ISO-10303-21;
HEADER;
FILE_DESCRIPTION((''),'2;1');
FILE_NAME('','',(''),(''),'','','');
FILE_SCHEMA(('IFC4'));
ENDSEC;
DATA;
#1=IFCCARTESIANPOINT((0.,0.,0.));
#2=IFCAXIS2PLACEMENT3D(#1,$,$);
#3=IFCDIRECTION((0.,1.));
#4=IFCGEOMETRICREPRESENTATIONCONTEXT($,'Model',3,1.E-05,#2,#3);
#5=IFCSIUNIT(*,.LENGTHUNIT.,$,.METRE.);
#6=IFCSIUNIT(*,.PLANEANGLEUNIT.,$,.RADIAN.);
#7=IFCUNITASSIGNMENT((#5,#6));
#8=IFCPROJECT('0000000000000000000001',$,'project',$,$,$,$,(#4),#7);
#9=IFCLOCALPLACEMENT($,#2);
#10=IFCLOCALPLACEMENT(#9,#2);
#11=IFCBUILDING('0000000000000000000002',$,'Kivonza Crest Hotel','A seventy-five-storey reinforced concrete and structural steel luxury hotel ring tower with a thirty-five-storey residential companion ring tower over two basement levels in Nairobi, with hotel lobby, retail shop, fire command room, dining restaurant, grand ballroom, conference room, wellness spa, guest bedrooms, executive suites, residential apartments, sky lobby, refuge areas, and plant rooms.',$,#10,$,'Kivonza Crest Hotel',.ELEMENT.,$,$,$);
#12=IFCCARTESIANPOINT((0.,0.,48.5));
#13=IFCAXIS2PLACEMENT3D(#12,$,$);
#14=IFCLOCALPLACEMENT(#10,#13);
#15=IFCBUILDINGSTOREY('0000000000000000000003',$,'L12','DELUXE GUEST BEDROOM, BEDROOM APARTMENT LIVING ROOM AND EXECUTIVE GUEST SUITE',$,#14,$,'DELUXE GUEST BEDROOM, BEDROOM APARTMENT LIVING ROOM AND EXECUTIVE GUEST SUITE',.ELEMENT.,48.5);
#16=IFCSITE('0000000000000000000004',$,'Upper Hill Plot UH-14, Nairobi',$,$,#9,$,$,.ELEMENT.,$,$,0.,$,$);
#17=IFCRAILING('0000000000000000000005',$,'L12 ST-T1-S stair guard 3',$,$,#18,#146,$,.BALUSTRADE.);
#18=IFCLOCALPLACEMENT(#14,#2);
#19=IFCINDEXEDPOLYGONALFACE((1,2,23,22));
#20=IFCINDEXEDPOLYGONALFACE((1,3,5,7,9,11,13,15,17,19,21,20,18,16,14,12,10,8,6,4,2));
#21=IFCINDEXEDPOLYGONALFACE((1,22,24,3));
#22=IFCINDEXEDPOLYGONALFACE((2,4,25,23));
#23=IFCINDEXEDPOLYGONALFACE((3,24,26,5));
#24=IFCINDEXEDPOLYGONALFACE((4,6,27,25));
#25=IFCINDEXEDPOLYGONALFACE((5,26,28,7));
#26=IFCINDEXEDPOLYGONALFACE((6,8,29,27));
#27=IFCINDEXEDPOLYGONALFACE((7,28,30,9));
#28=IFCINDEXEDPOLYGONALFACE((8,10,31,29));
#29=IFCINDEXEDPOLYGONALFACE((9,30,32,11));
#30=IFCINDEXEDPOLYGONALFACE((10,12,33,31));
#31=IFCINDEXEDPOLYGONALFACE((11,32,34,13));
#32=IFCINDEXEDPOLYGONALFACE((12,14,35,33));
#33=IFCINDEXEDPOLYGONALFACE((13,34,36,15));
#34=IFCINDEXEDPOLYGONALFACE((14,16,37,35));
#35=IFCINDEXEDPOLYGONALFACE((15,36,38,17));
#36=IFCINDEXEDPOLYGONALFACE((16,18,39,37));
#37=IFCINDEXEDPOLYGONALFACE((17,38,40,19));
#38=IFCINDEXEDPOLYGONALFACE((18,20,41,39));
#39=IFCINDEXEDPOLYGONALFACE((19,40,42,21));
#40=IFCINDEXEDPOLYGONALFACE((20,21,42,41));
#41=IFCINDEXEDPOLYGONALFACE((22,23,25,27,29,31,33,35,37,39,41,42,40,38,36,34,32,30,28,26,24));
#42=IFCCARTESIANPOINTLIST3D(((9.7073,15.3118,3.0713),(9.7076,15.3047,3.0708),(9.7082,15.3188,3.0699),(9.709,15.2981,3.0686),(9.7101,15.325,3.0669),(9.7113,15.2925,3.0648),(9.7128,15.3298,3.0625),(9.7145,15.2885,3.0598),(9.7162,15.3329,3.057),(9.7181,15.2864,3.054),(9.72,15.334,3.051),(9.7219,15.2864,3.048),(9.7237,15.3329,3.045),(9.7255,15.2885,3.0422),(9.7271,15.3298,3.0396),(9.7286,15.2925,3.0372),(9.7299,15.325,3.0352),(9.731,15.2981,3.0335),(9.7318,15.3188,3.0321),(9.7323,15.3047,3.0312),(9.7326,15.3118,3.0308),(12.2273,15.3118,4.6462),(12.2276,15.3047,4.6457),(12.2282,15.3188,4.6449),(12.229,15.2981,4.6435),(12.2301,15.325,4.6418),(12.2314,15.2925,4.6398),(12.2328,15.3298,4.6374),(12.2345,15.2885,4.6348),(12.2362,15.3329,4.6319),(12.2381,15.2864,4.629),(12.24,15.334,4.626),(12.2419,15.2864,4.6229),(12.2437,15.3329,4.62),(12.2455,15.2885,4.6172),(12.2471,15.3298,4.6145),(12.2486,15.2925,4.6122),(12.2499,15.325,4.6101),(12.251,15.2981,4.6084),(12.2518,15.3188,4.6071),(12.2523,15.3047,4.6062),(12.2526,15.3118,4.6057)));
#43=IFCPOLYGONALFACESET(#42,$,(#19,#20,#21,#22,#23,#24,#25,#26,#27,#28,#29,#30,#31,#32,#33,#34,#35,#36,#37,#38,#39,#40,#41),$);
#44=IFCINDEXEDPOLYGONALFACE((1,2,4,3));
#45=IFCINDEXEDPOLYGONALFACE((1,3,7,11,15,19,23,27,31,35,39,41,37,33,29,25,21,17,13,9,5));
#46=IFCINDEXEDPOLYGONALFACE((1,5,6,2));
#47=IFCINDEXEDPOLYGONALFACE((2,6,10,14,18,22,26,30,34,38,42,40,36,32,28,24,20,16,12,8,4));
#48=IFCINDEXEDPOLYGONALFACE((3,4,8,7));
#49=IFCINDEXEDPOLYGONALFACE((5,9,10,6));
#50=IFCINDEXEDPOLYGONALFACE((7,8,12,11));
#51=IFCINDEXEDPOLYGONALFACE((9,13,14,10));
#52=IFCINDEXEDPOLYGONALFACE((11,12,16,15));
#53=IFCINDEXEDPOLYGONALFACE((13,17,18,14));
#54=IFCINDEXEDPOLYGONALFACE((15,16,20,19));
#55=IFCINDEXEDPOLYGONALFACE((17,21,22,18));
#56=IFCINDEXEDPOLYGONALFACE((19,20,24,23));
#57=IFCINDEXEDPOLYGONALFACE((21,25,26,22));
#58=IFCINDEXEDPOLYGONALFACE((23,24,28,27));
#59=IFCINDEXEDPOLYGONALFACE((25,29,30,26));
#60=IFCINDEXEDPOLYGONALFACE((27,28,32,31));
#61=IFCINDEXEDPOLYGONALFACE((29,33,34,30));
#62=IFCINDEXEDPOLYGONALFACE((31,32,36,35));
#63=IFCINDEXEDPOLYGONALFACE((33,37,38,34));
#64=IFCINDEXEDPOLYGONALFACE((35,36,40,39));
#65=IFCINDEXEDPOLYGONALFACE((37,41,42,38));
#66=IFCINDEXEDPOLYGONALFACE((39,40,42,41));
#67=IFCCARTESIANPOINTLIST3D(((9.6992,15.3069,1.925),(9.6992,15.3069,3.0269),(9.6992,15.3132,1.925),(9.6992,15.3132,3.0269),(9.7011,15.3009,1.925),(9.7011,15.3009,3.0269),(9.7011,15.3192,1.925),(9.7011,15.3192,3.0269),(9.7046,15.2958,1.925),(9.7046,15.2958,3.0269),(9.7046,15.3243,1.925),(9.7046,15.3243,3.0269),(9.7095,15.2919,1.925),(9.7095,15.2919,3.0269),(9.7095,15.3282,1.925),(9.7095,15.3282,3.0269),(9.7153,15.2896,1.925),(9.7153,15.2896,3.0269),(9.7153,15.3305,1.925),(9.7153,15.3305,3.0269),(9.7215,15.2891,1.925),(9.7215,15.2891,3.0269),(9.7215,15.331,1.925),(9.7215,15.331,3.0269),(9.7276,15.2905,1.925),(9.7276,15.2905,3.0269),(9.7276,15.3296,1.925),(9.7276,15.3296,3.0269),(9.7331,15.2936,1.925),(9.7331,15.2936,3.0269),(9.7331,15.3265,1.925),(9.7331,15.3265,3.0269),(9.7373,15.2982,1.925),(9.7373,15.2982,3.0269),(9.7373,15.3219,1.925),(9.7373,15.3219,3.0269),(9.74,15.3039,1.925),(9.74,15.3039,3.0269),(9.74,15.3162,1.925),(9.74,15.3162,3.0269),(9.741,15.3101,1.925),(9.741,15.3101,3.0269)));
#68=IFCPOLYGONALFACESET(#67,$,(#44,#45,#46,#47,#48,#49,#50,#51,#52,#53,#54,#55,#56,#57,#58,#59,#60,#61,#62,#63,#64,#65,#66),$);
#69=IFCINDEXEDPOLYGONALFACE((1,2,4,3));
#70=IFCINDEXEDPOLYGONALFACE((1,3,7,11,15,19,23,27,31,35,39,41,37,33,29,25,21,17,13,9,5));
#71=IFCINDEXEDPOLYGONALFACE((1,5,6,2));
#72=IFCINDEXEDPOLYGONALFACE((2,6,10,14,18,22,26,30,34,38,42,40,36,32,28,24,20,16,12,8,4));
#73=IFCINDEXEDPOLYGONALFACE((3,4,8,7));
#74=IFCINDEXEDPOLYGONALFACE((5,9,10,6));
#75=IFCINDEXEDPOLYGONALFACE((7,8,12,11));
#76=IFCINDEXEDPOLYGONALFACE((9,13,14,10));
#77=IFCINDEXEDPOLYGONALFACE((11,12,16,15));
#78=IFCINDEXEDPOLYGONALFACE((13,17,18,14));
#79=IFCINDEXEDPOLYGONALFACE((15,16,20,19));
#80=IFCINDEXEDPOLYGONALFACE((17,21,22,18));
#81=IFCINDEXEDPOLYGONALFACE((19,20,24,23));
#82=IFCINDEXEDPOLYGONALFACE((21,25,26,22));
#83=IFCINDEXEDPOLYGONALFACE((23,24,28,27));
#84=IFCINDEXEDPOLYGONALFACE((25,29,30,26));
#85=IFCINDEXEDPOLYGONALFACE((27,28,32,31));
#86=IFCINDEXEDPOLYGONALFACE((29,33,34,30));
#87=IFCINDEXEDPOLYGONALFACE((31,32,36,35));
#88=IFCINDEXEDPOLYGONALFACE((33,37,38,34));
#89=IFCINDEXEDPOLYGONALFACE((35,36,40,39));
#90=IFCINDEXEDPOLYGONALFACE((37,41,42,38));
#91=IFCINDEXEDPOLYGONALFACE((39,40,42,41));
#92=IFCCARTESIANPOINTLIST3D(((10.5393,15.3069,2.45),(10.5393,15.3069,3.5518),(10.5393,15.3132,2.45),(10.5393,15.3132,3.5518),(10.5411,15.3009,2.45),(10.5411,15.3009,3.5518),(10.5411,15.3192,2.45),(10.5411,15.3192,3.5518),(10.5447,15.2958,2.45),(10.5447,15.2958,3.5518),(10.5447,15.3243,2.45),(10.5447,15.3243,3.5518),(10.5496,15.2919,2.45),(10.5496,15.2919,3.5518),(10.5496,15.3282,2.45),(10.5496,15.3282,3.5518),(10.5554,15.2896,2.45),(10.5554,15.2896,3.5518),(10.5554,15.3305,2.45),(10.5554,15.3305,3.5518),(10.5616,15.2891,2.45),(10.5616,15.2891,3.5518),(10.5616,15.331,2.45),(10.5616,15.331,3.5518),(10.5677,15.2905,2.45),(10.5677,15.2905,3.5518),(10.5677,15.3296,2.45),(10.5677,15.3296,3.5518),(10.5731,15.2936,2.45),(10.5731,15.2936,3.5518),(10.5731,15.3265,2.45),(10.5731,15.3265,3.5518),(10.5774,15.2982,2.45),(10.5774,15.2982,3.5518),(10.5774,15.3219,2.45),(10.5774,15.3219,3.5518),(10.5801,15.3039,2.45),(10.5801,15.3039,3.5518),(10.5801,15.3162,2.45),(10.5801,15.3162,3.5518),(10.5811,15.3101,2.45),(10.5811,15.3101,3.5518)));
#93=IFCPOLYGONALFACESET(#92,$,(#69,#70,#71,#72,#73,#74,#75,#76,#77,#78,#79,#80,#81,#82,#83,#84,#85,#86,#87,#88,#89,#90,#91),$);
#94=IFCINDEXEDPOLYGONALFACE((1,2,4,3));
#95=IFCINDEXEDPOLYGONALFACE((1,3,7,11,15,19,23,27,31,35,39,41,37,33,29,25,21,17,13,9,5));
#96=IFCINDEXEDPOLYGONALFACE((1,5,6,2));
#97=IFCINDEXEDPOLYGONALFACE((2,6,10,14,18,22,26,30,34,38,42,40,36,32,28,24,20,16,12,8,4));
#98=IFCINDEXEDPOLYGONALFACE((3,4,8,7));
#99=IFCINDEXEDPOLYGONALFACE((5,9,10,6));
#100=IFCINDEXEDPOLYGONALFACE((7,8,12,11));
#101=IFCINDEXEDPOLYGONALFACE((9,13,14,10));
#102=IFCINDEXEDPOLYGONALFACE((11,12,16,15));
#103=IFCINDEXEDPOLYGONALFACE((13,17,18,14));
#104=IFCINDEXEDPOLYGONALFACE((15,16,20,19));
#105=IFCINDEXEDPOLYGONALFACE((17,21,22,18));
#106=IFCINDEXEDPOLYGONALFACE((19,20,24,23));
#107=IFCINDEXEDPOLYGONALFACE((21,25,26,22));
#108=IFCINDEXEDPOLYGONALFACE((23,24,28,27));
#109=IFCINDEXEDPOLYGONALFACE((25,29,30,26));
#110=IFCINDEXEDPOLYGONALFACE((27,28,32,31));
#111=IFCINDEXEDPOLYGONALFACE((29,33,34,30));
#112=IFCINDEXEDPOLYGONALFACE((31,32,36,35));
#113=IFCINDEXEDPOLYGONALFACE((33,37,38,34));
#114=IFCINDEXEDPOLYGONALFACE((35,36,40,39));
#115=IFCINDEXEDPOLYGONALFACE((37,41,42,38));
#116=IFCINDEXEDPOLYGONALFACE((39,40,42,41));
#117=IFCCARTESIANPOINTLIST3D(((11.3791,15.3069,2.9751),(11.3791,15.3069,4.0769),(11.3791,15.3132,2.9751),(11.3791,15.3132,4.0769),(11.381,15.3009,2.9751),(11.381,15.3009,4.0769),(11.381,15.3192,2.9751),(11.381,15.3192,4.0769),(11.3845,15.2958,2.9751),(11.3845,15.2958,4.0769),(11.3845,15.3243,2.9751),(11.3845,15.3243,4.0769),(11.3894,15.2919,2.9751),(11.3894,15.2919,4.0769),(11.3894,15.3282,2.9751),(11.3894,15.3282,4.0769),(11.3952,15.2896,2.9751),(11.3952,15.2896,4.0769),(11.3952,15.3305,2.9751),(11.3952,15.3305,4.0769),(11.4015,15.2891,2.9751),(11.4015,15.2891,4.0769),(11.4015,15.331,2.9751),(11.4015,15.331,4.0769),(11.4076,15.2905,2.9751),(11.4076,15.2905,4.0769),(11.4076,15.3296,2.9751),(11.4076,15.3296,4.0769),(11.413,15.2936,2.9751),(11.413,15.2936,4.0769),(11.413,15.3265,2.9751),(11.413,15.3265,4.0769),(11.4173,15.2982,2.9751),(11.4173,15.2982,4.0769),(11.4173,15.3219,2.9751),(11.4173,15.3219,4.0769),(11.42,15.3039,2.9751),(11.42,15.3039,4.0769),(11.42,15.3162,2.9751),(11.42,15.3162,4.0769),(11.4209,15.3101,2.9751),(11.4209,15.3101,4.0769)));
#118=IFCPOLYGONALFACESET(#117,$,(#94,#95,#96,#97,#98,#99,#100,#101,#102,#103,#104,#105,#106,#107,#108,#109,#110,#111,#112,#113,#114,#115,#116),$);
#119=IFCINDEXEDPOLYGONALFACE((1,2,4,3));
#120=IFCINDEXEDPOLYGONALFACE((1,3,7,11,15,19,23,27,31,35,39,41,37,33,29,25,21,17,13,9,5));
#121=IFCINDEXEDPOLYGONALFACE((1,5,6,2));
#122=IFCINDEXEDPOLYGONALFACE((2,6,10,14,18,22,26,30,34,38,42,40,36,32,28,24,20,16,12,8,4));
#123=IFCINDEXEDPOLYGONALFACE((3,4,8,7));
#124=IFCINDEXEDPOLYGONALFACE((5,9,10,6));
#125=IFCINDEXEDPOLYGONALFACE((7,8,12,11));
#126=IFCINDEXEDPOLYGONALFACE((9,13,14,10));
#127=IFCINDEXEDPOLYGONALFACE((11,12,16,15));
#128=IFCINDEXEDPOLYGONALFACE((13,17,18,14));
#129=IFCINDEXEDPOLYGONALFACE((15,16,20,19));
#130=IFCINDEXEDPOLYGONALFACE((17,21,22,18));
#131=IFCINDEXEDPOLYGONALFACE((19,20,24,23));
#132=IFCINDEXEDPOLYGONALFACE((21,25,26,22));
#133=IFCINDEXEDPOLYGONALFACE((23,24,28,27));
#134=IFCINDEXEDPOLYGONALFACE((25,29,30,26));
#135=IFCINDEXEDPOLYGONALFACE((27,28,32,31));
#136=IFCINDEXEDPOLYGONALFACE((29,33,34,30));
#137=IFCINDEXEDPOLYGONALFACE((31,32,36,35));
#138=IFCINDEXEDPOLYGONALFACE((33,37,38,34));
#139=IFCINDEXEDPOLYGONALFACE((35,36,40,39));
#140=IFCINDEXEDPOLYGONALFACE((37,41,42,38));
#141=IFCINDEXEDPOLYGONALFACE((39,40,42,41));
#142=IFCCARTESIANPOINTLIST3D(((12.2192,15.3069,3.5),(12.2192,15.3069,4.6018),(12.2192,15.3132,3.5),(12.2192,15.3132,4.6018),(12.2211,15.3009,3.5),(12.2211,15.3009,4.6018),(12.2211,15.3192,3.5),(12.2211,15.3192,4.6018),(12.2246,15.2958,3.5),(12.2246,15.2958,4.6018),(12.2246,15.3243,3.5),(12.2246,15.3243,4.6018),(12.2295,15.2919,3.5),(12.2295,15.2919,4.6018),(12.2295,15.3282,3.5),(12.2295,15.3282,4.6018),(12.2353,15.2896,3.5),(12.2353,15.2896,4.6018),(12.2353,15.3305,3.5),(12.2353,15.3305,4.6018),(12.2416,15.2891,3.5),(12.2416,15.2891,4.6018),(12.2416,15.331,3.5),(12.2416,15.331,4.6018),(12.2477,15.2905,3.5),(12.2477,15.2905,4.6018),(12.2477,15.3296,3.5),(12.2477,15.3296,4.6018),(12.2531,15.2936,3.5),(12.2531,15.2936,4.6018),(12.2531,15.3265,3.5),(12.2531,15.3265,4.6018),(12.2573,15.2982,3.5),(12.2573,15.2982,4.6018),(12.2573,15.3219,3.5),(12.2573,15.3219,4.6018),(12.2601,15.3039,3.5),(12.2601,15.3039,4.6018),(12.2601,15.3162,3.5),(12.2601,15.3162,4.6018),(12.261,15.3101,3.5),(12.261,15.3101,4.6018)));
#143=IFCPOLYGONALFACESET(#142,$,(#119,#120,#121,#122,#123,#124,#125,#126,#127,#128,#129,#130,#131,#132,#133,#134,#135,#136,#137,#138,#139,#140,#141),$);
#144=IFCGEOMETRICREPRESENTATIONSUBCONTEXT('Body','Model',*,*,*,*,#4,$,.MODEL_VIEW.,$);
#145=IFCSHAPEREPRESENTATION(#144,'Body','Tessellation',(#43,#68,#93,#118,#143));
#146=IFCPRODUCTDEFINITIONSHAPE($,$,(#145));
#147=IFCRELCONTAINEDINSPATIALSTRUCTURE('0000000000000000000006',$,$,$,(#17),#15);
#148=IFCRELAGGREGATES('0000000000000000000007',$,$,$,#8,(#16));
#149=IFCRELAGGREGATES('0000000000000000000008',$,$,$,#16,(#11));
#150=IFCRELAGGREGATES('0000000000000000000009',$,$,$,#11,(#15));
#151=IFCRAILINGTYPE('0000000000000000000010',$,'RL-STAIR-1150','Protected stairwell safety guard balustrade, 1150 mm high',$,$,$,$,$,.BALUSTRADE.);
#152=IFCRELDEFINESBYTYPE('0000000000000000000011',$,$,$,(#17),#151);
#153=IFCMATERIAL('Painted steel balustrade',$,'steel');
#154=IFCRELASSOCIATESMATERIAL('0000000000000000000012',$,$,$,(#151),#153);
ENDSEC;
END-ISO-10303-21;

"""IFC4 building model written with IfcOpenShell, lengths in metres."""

from ifc_helpers import new_model, si_unit, direction, frame, origin, origin_2d, place, context, subcontext, project, spatial, circle, extrude, material, type_object, element, save


model = new_model("IFC4")

# Units and contexts
model_context = context("Model", 3, precision=1e-05, world=origin(), true_north=direction((0.0, 1.0)))
body_context = subcontext(model_context, "Body", "Model", "MODEL_VIEW")
ifc_project = project(units=[si_unit("LENGTHUNIT", "METRE"), si_unit("PLANEANGLEUNIT", "RADIAN")], contexts=[model_context])

# Site, building, storey
site_placement = place(None, origin())
site = spatial("IfcSite", under=ifc_project, at=site_placement, Name="Upper Hill Plot UH-14, Nairobi", CompositionType="ELEMENT", RefElevation=0.0)
building_placement = place(site_placement, origin())
building = spatial("IfcBuilding", under=site, at=building_placement, Name="Kivonza Crest Hotel", Description="A seventy-five-storey reinforced concrete and structural steel luxury hotel ring tower with a thirty-five-storey residential companion ring tower over two basement levels in Nairobi, with hotel lobby, retail shop, fire command room, dining restaurant, grand ballroom, conference room, wellness spa, guest bedrooms, executive suites, residential apartments, sky lobby, refuge areas, and plant rooms.", LongName="Kivonza Crest Hotel", CompositionType="ELEMENT")
storey_placement = place(building_placement, frame((0.0, 0.0, 48.5)))
storey = spatial("IfcBuildingStorey", under=building, at=storey_placement, Name="L12", Description="DELUXE GUEST BEDROOM, BEDROOM APARTMENT LIVING ROOM AND EXECUTIVE GUEST SUITE", LongName="DELUXE GUEST BEDROOM, BEDROOM APARTMENT LIVING ROOM AND EXECUTIVE GUEST SUITE", CompositionType="ELEMENT", Elevation=48.5)

# Railing
ifc_material_1 = material(Name="Painted steel balustrade", Category="steel")
railing_type_1 = type_object("IfcRailingType", Name="RL-STAIR-1150", Description="Protected stairwell safety guard balustrade, 1150 mm high", PredefinedType="BALUSTRADE", material=ifc_material_1)
railing_1_placement = place(storey_placement, frame((9.72, 15.3101, 1.925)))
element("IfcRailing", 1, at=railing_1_placement, inside=storey, type_object=railing_type_1, Name="L12 ST-T1-S stair guard 3", PredefinedType="BALUSTRADE", context=body_context, shape_type="SweptSolid", body=[
    extrude(circle(Radius=0.0239, at=origin_2d()), frame((0.0, 0.0, 1.126), z_axis=(0.848008, 0.0, 0.529984), x_axis=(0.0, 1.0, 0.0)), (0.0, 0.0, 1.0), 2.9717),
    extrude(circle(Radius=0.021, at=origin_2d()), origin(), (0.0, 0.0, 1.0), 1.1018),
    extrude(circle(Radius=0.021, at=origin_2d()), frame((0.8401, 0.0, 0.5249)), (0.0, 0.0, 1.0), 1.1018),
    extrude(circle(Radius=0.021, at=origin_2d()), frame((1.6799, 0.0, 1.05)), (0.0, 0.0, 1.0), 1.1018),
    extrude(circle(Radius=0.021, at=origin_2d()), frame((2.52, 0.0, 1.575)), (0.0, 0.0, 1.0), 1.1018),
])

save(model, "model.ifc")
